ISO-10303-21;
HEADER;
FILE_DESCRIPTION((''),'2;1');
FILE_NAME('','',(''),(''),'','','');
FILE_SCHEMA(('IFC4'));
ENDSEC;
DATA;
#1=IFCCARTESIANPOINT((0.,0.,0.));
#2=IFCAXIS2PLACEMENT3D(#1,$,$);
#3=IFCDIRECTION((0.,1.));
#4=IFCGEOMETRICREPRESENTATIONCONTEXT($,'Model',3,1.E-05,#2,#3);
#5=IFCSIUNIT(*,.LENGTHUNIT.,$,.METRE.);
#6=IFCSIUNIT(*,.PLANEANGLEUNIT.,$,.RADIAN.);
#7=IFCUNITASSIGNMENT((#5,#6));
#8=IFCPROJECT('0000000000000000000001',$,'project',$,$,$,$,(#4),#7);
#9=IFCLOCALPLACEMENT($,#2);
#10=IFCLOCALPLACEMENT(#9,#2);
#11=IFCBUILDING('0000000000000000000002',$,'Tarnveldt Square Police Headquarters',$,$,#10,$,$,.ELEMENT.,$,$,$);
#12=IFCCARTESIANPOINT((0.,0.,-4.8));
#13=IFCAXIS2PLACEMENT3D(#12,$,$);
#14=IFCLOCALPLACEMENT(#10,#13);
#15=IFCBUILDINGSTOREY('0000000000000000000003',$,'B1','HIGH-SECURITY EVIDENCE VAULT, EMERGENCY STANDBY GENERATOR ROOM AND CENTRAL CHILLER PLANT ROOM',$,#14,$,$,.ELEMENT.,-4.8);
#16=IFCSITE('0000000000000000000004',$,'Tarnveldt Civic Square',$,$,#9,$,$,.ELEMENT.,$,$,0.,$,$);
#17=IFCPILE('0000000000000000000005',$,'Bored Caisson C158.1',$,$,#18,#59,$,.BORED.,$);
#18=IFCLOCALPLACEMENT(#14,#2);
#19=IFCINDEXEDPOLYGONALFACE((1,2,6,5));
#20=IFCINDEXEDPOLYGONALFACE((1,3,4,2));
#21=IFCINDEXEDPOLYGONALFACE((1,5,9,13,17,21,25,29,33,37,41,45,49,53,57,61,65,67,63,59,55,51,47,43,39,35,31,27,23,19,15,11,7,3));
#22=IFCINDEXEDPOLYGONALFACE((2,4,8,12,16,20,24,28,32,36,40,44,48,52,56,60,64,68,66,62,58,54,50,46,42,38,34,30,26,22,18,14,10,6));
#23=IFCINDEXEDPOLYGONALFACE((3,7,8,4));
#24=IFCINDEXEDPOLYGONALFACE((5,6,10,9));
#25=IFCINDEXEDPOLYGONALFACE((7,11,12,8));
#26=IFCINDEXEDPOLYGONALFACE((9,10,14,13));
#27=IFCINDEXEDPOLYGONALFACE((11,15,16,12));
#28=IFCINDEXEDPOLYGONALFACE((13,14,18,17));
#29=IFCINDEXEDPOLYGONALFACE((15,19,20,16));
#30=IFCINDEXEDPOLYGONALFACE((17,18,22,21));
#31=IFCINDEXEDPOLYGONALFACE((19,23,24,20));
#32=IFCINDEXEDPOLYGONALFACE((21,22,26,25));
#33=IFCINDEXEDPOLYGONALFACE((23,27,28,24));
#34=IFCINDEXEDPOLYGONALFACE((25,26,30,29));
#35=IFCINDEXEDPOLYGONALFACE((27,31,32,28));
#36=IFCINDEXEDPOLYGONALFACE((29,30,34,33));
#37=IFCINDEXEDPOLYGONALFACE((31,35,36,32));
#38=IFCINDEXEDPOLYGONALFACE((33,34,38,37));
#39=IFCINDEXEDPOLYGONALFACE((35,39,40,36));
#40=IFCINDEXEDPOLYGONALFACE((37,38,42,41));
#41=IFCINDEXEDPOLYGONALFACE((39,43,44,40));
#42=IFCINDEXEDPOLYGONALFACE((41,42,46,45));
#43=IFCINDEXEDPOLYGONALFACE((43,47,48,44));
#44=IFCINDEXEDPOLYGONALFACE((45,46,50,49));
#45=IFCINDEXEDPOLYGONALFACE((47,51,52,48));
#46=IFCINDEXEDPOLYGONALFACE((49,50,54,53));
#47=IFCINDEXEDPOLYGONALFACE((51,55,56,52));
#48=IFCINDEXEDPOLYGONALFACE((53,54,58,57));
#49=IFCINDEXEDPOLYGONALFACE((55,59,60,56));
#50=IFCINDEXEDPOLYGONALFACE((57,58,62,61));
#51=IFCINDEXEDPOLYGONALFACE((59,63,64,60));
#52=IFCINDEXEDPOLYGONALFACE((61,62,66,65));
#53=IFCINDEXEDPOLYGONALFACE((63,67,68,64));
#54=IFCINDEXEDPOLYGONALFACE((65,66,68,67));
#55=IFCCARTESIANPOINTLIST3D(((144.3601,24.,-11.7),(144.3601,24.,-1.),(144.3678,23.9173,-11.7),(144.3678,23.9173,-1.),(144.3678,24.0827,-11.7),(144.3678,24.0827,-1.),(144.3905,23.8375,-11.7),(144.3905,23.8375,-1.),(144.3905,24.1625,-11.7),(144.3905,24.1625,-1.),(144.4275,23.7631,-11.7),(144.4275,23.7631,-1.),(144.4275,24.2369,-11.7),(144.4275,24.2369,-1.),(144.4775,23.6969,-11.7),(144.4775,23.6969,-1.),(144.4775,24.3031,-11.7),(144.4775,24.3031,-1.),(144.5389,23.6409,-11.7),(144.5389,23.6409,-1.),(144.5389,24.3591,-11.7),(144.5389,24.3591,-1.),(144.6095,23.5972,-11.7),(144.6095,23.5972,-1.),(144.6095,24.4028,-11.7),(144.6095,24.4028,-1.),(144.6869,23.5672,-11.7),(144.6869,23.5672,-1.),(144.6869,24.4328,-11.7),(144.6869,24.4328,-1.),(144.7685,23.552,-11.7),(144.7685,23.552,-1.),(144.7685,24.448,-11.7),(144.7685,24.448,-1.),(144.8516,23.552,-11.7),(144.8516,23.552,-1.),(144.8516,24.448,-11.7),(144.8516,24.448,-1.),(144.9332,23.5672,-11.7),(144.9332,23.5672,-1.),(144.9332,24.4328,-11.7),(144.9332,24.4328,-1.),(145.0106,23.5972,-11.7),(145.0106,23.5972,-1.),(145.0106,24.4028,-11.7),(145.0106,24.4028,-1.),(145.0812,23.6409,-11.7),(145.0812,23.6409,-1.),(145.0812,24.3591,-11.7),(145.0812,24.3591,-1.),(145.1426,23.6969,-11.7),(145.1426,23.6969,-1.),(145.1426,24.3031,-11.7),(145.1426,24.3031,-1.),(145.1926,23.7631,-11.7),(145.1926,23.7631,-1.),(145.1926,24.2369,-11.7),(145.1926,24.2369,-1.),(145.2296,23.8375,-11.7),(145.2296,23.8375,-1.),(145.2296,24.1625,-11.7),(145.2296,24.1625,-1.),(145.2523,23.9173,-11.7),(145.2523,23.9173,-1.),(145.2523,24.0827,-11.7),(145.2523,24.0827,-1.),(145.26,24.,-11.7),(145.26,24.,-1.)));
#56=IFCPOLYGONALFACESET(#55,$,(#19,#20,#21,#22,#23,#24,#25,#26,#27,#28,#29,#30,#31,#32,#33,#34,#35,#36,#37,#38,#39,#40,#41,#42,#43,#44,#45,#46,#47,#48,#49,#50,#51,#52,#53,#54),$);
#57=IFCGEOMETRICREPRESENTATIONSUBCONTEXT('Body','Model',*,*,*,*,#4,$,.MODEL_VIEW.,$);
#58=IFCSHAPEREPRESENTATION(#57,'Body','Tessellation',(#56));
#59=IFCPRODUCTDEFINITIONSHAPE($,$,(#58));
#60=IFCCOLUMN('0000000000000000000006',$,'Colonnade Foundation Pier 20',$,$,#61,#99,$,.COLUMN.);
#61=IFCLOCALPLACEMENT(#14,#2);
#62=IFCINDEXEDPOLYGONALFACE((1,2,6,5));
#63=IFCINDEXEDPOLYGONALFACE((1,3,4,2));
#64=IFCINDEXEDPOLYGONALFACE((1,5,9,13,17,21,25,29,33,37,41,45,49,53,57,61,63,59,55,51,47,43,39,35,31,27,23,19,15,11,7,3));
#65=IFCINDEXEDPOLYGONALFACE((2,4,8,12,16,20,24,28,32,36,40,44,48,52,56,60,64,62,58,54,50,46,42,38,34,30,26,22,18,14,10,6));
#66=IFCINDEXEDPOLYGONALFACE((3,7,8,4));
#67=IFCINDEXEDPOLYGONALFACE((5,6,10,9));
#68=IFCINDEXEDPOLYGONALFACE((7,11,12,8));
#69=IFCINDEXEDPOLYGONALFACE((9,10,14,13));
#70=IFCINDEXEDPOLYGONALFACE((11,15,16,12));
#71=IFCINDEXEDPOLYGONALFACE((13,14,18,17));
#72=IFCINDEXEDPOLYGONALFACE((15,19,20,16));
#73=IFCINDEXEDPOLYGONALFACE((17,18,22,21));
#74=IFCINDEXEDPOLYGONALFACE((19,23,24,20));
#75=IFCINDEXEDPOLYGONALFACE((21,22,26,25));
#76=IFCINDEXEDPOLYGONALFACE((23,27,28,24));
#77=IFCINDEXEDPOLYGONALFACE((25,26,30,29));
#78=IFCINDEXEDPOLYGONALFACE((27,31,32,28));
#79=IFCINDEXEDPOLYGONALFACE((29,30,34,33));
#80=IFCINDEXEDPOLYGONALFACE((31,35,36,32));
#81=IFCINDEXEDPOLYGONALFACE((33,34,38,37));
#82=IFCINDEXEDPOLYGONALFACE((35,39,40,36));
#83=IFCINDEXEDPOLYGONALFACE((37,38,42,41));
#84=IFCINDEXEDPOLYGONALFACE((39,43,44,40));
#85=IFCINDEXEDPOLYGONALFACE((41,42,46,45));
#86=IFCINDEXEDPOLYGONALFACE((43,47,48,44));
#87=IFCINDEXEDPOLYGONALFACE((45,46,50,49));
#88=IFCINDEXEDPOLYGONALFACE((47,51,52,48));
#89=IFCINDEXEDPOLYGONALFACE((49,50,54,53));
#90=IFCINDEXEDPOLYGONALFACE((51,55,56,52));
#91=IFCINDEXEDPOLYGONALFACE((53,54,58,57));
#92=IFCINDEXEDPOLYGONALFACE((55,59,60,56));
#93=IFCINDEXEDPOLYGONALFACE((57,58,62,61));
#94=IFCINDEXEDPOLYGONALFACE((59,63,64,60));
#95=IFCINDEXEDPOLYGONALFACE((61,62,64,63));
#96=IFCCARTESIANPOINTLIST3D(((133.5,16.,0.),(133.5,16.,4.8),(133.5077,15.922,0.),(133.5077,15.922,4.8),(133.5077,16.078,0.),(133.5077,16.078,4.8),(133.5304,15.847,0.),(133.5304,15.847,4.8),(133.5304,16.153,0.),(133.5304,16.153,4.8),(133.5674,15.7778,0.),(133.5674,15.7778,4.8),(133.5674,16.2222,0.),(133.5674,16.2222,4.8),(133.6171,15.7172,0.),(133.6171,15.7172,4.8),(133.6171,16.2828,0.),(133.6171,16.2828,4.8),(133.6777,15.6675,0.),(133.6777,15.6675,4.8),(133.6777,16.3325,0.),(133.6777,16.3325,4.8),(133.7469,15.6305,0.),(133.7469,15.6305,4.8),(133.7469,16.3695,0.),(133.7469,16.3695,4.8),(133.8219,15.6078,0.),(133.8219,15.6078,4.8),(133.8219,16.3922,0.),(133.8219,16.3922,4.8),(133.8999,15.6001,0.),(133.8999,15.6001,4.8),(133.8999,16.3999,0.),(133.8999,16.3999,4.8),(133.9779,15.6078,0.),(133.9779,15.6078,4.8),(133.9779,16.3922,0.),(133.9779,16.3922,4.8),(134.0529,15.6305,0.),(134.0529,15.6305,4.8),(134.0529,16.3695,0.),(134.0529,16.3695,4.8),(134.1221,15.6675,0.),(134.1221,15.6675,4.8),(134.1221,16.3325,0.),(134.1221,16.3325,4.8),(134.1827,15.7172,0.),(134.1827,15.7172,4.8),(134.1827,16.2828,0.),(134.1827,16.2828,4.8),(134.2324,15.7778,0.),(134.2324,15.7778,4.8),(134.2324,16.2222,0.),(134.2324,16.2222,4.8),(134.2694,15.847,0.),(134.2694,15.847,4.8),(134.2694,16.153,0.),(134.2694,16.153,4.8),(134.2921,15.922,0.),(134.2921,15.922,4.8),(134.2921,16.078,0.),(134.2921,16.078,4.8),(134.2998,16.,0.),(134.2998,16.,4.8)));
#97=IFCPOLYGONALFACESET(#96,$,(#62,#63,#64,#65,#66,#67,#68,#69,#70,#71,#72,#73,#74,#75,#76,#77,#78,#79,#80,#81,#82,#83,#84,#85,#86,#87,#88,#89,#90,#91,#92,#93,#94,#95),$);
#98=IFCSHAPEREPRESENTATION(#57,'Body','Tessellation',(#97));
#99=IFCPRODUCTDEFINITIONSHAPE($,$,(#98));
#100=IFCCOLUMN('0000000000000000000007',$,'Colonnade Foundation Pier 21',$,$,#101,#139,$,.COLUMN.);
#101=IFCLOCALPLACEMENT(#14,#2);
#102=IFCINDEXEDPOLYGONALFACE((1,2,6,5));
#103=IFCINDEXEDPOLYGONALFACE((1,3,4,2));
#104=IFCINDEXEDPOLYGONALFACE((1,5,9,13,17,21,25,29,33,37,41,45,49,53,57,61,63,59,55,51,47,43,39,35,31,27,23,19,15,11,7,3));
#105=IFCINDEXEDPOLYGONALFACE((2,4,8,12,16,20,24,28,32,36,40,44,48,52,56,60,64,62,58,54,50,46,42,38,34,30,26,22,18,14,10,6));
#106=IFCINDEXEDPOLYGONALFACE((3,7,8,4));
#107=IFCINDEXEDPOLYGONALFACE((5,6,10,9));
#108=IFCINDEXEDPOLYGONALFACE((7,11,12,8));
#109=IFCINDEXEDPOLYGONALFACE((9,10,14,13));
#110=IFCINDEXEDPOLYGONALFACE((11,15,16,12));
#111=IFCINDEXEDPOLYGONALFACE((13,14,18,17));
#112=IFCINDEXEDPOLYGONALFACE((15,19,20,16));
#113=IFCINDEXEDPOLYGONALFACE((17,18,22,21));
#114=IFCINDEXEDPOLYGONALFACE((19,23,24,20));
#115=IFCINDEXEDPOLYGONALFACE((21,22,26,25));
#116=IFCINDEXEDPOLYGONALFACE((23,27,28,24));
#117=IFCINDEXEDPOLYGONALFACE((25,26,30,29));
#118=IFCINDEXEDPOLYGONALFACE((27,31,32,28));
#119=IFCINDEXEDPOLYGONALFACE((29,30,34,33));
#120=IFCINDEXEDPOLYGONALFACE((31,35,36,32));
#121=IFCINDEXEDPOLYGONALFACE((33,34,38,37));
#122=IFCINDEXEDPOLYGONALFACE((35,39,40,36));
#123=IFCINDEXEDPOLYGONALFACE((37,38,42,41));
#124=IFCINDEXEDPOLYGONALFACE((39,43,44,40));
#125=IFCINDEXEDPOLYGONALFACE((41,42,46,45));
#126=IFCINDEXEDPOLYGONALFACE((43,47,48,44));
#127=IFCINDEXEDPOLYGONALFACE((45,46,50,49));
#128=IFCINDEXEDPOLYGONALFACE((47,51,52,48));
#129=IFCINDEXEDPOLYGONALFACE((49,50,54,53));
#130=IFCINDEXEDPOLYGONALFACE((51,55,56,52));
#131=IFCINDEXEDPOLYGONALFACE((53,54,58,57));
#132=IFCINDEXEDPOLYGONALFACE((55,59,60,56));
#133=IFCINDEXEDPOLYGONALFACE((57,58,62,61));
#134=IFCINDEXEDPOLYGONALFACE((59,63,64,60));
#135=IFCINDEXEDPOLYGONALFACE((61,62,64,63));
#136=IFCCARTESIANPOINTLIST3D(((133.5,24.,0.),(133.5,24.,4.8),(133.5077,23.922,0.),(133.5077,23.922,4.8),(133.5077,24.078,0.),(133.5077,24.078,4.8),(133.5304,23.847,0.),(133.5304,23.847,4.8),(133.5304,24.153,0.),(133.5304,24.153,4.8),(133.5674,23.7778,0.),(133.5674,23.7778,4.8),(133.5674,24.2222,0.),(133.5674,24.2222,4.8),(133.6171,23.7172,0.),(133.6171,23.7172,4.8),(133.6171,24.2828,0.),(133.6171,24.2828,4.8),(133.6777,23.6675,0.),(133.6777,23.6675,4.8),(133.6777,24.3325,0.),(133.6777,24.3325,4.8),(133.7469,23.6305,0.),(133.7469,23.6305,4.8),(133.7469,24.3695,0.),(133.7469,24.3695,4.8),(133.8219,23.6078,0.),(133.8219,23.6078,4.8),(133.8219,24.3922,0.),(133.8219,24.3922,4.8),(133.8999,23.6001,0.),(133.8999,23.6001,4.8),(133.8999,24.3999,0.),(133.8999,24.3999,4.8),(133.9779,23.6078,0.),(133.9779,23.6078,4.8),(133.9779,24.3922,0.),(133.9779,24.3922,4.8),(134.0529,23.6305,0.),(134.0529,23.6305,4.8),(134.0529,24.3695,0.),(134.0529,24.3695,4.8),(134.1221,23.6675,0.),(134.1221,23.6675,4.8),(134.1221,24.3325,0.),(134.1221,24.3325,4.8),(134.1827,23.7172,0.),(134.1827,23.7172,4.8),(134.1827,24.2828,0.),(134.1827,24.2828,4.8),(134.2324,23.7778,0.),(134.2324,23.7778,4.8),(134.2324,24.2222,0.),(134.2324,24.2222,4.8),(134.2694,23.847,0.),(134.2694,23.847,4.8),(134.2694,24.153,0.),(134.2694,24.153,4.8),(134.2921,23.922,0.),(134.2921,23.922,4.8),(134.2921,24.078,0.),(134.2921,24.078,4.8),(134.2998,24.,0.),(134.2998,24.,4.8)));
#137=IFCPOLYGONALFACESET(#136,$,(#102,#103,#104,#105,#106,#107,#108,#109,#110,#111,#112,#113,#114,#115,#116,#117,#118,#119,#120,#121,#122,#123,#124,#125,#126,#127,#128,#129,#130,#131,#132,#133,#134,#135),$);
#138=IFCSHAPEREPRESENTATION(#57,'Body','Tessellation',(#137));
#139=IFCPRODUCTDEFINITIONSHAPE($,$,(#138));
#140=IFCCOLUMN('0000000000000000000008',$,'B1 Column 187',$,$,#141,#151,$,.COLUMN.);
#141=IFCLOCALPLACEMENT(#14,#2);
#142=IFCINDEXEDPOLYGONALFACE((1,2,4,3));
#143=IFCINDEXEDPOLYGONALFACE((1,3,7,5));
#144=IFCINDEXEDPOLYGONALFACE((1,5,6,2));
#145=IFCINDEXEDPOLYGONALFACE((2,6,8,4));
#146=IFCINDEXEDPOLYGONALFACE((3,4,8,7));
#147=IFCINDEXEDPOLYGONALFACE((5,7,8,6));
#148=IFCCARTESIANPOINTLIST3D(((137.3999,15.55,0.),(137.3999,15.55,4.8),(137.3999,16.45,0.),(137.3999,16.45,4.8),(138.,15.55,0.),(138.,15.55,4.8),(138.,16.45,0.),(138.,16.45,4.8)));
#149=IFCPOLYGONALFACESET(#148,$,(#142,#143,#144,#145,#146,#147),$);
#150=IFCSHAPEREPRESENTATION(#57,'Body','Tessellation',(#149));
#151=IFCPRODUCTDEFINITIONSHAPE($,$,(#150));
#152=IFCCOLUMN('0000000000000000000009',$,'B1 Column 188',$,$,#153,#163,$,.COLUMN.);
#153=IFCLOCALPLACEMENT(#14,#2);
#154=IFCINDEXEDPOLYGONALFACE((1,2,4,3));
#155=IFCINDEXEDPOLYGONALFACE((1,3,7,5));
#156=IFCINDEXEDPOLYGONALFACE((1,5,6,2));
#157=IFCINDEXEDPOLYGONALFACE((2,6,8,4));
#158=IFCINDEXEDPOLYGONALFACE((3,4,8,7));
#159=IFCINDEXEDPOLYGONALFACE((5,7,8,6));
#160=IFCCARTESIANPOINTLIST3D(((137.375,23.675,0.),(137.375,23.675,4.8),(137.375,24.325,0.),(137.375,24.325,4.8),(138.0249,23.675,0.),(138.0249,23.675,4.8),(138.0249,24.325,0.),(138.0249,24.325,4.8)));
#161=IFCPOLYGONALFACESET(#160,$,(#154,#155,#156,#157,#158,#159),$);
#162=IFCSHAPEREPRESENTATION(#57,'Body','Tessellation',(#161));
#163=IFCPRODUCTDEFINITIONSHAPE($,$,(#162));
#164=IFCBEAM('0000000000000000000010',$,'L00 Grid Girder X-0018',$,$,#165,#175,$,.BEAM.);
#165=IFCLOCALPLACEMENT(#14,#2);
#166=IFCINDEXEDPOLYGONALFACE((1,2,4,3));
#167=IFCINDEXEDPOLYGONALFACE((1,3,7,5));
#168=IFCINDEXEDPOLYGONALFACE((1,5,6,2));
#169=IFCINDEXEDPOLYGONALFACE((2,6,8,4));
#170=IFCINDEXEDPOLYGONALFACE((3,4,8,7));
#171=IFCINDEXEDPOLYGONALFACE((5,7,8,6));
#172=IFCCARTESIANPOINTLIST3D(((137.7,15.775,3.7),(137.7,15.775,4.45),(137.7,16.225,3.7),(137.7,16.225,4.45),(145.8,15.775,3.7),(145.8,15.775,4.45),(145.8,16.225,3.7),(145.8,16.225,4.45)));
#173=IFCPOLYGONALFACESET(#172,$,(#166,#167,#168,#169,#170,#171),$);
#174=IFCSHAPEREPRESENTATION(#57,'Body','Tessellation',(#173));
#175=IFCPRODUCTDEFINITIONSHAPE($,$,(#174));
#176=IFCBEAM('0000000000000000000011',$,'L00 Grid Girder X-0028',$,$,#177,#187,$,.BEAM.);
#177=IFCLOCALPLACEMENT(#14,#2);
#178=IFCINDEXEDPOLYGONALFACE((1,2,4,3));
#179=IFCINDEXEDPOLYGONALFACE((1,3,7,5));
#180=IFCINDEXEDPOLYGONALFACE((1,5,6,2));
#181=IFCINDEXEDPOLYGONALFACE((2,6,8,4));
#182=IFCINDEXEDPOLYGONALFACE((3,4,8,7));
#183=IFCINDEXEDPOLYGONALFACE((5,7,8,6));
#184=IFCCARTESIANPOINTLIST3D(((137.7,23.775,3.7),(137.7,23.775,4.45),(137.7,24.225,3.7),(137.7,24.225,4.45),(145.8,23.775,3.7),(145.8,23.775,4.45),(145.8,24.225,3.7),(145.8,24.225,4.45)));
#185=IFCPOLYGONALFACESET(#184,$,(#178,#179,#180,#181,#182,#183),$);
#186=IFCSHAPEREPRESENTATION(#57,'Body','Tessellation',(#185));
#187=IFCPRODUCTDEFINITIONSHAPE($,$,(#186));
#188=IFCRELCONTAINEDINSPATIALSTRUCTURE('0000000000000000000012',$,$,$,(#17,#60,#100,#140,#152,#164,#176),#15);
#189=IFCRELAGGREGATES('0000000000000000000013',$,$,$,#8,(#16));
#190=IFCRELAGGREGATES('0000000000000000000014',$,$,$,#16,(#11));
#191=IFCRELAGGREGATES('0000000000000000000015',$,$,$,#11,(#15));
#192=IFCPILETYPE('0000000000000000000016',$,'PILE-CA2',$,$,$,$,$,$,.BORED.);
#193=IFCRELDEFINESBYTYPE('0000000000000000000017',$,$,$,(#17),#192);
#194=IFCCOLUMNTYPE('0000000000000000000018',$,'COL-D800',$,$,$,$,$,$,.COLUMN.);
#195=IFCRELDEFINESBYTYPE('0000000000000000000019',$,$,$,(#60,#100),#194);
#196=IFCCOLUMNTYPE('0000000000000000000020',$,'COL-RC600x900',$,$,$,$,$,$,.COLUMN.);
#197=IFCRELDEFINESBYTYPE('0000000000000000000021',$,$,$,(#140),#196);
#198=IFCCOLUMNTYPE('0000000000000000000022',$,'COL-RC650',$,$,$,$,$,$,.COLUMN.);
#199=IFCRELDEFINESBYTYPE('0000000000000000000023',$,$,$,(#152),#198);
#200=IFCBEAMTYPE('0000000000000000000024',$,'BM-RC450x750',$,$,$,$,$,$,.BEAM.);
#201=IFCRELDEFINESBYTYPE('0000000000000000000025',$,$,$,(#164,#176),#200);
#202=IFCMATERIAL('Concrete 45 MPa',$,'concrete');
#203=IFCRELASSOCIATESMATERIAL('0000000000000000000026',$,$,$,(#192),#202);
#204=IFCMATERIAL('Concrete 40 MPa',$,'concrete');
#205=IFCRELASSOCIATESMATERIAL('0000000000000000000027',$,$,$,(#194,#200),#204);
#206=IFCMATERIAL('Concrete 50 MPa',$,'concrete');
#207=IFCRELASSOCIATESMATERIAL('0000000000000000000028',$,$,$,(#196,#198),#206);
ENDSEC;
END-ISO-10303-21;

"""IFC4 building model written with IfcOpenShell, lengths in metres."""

from ifc_helpers import new_model, si_unit, direction, frame, origin, origin_2d, place, context, subcontext, project, spatial, rectangle, circle, extrude, material, material_profile, profile_set, type_object, element, save


model = new_model("IFC4")

# Units and contexts
model_context = context("Model", 3, precision=1e-05, world=origin(), true_north=direction((0.0, 1.0)))
body_context = subcontext(model_context, "Body", "Model", "MODEL_VIEW")
ifc_project = project(units=[si_unit("LENGTHUNIT", "METRE"), si_unit("PLANEANGLEUNIT", "RADIAN")], contexts=[model_context])

# Site, building, storey
site_placement = place(None, origin())
site = spatial("IfcSite", under=ifc_project, at=site_placement, Name="Tarnveldt Civic Square", CompositionType="ELEMENT", RefElevation=0.0)
building_placement = place(site_placement, origin())
building = spatial("IfcBuilding", under=site, at=building_placement, Name="Tarnveldt Square Police Headquarters", CompositionType="ELEMENT")
storey_placement = place(building_placement, frame((0.0, 0.0, -4.8)))
storey = spatial("IfcBuildingStorey", under=building, at=storey_placement, Name="B1", Description="HIGH-SECURITY EVIDENCE VAULT, EMERGENCY STANDBY GENERATOR ROOM AND CENTRAL CHILLER PLANT ROOM", CompositionType="ELEMENT", Elevation=-4.8)

# Shared definitions
ifc_material_1 = material(Name="Concrete 45 MPa", Category="concrete")
ifc_material_2 = material(Name="Concrete 40 MPa", Category="concrete")

# Pile
ifc_material_profile_1 = material_profile(ifc_material_1, circle(Radius=0.45, at=origin_2d()), Name="CAISSON-D900")
ifc_profile_set_1 = profile_set([ifc_material_profile_1], Name="Concrete 45 MPa")
pile_type_1 = type_object("IfcPileType", Name="PILE-CA2", PredefinedType="BORED", material=ifc_profile_set_1)
for number, where, z_axis, x_axis, name in (
    (1, (144.8101, 24.0, -1.0), (0.0, 0.0, -1.0), (1.0, 0.0, 0.0), "Bored Caisson C158.1"),
):
    element("IfcPile", number, at=place(storey_placement, frame(where, z_axis=z_axis, x_axis=x_axis)), inside=storey, type_object=pile_type_1, Name=name, PredefinedType="BORED", context=body_context, shape_type="SweptSolid", body=[
        extrude(circle(Radius=0.45, at=origin_2d()), origin(), (0.0, 0.0, 1.0), 10.7),
    ])

# Columns
ifc_material_profile_2 = material_profile(ifc_material_2, circle(Radius=0.3999, at=origin_2d()), Name="RC-D800")
ifc_profile_set_2 = profile_set([ifc_material_profile_2], Name="Concrete 40 MPa")
column_type_1 = type_object("IfcColumnType", Name="COL-D800", PredefinedType="COLUMN", material=ifc_profile_set_2)
for number, where, z_axis, x_axis, name in (
    (2, (133.8999, 16.0, 0.0), (0.0, 0.0, 1.0), (1.0, 0.0, 0.0), "Colonnade Foundation Pier 20"),
    (3, (133.8999, 24.0, 0.0), (0.0, 0.0, 1.0), (1.0, 0.0, 0.0), "Colonnade Foundation Pier 21"),
):
    element("IfcColumn", number, at=place(storey_placement, frame(where, z_axis=z_axis, x_axis=x_axis)), inside=storey, type_object=column_type_1, Name=name, PredefinedType="COLUMN", context=body_context, shape_type="SweptSolid", body=[
        extrude(circle(Radius=0.3999, at=origin_2d()), origin(), (0.0, 0.0, 1.0), 4.8),
    ])
ifc_material_3 = material(Name="Concrete 50 MPa", Category="concrete")
ifc_material_profile_3 = material_profile(ifc_material_3, rectangle(XDim=0.6001, YDim=0.8999, at=origin_2d()), Name="RC-C600x900")
ifc_profile_set_3 = profile_set([ifc_material_profile_3], Name="Concrete 50 MPa")
column_type_2 = type_object("IfcColumnType", Name="COL-RC600x900", PredefinedType="COLUMN", material=ifc_profile_set_3)
column_1_placement = place(storey_placement, frame((137.7, 16.0, 0.0), z_axis=(0.0, 0.0, 1.0), x_axis=(1.0, 0.0, 0.0)))
element("IfcColumn", 4, at=column_1_placement, inside=storey, type_object=column_type_2, Name="B1 Column 187", PredefinedType="COLUMN", context=body_context, shape_type="SweptSolid", body=[
    extrude(rectangle(XDim=0.6001, YDim=0.8999, at=origin_2d()), origin(), (0.0, 0.0, 1.0), 4.8),
])
ifc_material_profile_4 = material_profile(ifc_material_3, rectangle(XDim=0.6499, YDim=0.6499, at=origin_2d()), Name="RC-C650x650")
ifc_profile_set_4 = profile_set([ifc_material_profile_4], Name="Concrete 50 MPa")
column_type_3 = type_object("IfcColumnType", Name="COL-RC650", PredefinedType="COLUMN", material=ifc_profile_set_4)
column_2_placement = place(storey_placement, frame((137.7, 24.0, 0.0), z_axis=(0.0, 0.0, 1.0), x_axis=(1.0, 0.0, 0.0)))
element("IfcColumn", 5, at=column_2_placement, inside=storey, type_object=column_type_3, Name="B1 Column 188", PredefinedType="COLUMN", context=body_context, shape_type="SweptSolid", body=[
    extrude(rectangle(XDim=0.6499, YDim=0.6499, at=origin_2d()), origin(), (0.0, 0.0, 1.0), 4.8),
])

# Beams
ifc_material_profile_5 = material_profile(ifc_material_2, rectangle(XDim=0.45, YDim=0.75, at=origin_2d()), Name="RC-B450x750")
ifc_profile_set_5 = profile_set([ifc_material_profile_5], Name="Concrete 40 MPa")
beam_type_1 = type_object("IfcBeamType", Name="BM-RC450x750", PredefinedType="BEAM", material=ifc_profile_set_5)
for number, where, z_axis, x_axis, name in (
    (6, (137.7, 16.0, 4.075), (1.0, 0.0, 0.0), (0.0, 1.0, 0.0), "L00 Grid Girder X-0018"),
    (7, (137.7, 24.0, 4.075), (1.0, 0.0, 0.0), (0.0, 1.0, 0.0), "L00 Grid Girder X-0028"),
):
    element("IfcBeam", number, at=place(storey_placement, frame(where, z_axis=z_axis, x_axis=x_axis)), inside=storey, type_object=beam_type_1, Name=name, PredefinedType="BEAM", context=body_context, shape_type="SweptSolid", body=[
        extrude(rectangle(XDim=0.45, YDim=0.75, at=origin_2d()), origin(), (0.0, 0.0, 1.0), 8.1001),
    ])

save(model, "model.ifc")
